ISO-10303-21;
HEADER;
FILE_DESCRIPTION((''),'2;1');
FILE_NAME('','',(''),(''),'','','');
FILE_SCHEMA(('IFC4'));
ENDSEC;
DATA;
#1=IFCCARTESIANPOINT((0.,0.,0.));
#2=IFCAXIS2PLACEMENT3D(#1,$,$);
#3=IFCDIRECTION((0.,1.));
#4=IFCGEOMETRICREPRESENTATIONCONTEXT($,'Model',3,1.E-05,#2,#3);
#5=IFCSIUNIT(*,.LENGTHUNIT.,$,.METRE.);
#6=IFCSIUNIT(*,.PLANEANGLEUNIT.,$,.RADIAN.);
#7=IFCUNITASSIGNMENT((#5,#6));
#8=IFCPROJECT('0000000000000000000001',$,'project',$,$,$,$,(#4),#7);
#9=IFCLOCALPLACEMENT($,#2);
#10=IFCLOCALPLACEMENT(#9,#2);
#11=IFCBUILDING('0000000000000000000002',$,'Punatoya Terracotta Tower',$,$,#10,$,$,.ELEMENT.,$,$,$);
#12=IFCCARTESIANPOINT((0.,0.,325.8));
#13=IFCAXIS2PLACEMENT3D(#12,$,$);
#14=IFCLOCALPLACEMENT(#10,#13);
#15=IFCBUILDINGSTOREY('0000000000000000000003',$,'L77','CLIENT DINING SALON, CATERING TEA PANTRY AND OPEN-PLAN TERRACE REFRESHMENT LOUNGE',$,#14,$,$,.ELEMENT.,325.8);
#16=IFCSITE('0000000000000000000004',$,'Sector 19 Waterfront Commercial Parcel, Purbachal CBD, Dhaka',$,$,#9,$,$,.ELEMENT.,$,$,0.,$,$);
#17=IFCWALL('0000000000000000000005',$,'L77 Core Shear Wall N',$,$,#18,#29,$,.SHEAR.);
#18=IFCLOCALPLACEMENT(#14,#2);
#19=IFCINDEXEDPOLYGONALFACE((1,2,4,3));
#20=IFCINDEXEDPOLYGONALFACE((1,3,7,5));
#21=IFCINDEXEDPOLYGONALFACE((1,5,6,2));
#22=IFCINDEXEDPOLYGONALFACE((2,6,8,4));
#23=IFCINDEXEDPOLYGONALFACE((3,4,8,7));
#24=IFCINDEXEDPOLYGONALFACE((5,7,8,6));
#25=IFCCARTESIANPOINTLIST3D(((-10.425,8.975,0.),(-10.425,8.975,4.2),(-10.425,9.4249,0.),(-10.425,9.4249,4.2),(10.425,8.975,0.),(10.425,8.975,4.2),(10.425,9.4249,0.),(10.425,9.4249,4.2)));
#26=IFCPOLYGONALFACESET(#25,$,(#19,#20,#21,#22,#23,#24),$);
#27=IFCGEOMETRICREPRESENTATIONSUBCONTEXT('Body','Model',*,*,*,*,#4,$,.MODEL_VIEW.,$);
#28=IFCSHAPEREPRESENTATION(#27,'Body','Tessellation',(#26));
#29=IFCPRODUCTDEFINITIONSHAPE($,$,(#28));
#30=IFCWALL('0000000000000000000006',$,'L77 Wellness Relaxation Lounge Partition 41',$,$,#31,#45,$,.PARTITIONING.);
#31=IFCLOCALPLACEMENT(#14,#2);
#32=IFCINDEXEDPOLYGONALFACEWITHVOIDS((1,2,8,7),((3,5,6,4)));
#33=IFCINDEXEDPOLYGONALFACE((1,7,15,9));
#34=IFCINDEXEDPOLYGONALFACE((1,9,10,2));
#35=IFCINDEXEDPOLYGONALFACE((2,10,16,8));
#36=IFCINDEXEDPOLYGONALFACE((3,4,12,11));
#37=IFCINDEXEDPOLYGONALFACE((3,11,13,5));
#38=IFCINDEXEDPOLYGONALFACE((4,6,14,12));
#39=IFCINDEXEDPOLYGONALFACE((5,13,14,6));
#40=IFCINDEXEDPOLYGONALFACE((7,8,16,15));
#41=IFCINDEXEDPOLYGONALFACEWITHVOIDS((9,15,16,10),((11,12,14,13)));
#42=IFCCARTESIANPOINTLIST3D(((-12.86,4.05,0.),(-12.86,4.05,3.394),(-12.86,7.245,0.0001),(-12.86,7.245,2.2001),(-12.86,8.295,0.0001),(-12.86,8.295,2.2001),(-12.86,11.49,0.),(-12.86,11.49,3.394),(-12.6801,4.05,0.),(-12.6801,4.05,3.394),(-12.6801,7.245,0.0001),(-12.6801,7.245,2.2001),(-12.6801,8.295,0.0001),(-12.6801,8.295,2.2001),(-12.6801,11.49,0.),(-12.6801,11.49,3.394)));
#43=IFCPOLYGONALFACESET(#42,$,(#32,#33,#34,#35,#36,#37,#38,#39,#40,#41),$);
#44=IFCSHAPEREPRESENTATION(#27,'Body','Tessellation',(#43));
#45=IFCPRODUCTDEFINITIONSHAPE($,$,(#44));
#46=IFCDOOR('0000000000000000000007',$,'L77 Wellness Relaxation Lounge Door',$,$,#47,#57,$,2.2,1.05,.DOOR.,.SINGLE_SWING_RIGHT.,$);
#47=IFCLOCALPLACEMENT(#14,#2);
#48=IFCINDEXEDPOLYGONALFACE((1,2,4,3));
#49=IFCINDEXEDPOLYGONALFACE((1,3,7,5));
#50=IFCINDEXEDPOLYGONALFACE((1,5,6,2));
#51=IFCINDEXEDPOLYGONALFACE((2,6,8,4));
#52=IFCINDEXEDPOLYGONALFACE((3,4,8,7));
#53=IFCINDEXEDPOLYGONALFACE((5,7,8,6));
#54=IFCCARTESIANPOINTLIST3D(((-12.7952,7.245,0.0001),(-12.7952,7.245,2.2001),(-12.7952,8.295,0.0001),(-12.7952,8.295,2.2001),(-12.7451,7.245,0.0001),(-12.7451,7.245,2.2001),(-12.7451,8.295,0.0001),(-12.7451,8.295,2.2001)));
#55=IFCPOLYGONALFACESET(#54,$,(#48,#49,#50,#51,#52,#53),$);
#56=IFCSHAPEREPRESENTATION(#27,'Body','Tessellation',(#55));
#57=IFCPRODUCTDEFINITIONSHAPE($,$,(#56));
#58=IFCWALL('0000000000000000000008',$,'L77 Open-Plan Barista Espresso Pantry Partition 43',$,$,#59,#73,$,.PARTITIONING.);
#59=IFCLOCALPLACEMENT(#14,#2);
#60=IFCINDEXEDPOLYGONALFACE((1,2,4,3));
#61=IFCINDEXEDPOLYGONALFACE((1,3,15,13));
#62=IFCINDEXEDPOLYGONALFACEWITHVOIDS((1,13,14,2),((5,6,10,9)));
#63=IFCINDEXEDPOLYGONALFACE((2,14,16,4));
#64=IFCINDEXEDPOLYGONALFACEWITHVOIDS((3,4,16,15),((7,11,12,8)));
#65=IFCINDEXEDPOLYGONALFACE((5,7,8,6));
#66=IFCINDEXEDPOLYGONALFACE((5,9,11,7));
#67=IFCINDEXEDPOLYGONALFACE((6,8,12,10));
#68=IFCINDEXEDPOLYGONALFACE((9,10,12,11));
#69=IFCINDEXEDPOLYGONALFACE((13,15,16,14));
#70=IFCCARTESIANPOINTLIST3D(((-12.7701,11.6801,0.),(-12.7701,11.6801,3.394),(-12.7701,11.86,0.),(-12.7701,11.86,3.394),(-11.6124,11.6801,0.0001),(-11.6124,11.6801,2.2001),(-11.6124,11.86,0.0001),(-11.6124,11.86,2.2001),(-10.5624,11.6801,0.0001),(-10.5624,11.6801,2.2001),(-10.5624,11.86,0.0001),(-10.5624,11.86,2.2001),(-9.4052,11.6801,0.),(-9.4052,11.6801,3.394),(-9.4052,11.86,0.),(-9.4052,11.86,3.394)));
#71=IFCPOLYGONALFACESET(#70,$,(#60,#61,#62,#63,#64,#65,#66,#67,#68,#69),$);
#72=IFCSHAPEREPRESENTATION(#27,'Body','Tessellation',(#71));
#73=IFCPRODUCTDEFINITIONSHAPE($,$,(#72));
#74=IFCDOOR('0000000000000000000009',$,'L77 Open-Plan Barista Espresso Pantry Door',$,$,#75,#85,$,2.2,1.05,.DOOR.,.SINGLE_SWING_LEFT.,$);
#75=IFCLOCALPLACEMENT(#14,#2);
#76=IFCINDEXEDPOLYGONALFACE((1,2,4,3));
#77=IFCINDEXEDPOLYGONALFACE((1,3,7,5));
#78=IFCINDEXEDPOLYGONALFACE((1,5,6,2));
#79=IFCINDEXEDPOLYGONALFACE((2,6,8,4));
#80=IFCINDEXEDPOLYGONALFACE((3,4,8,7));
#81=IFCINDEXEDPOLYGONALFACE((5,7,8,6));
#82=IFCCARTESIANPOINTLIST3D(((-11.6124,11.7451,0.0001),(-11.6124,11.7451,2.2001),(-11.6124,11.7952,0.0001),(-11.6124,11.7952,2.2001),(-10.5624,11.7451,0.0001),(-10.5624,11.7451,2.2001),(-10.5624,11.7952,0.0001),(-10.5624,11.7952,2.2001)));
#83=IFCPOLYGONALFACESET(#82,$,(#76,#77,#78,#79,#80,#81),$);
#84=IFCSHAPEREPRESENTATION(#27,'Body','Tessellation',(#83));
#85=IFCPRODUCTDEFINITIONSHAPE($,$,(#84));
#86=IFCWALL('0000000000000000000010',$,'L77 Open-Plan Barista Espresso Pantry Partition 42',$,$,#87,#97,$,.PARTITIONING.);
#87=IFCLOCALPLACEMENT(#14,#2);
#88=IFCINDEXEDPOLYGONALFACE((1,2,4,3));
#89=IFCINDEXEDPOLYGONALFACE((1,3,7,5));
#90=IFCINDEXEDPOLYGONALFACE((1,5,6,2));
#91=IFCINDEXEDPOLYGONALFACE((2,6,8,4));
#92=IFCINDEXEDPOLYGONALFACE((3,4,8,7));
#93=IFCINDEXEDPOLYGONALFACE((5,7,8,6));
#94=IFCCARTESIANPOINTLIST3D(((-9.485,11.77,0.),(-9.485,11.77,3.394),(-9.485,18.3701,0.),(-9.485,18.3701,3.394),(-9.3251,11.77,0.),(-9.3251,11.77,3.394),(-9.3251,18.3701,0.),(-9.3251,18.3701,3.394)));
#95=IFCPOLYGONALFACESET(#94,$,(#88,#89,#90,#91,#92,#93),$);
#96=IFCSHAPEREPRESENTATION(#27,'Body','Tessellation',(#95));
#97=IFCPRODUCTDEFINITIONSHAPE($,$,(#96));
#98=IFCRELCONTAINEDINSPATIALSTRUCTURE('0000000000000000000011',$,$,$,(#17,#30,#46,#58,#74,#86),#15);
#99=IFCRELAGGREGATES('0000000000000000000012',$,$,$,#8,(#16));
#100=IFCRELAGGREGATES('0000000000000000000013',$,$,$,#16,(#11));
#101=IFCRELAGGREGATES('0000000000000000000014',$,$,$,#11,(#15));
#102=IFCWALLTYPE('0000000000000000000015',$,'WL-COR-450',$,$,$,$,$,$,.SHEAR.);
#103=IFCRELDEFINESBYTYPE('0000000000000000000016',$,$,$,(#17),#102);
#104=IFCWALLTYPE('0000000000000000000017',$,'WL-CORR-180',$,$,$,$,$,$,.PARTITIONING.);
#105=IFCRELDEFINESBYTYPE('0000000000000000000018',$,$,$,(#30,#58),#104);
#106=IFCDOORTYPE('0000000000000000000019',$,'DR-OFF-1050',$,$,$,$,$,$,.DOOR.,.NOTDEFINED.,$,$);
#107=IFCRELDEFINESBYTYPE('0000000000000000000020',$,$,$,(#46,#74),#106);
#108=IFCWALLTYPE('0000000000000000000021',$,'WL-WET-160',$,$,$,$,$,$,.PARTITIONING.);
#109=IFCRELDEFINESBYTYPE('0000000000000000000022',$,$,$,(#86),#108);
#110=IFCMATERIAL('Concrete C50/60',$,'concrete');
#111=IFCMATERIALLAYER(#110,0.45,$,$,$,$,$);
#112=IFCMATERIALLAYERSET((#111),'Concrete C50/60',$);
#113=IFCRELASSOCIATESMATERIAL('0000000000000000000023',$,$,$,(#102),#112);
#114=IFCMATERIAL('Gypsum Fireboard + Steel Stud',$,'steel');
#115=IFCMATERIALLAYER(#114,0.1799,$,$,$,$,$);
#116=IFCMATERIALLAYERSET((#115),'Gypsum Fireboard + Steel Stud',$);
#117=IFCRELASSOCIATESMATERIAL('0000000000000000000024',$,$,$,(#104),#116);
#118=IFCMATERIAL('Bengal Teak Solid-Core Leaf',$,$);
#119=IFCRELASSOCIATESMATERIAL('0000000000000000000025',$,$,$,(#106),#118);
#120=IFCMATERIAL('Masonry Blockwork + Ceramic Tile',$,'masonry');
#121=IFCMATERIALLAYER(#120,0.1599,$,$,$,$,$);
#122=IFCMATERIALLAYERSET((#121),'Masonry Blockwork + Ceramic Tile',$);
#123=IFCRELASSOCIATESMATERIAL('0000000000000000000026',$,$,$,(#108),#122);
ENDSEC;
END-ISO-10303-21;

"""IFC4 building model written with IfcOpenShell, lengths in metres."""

from ifc_helpers import new_model, si_unit, direction, frame, frame_2d, origin, place, context, subcontext, project, spatial, rectangle, extrude, material, layer, layer_set, type_object, element, fill, save


model = new_model("IFC4")

# Units and contexts
model_context = context("Model", 3, precision=1e-05, world=origin(), true_north=direction((0.0, 1.0)))
body_context = subcontext(model_context, "Body", "Model", "MODEL_VIEW")
ifc_project = project(units=[si_unit("LENGTHUNIT", "METRE"), si_unit("PLANEANGLEUNIT", "RADIAN")], contexts=[model_context])

# Site, building, storey
site_placement = place(None, origin())
site = spatial("IfcSite", under=ifc_project, at=site_placement, Name="Sector 19 Waterfront Commercial Parcel, Purbachal CBD, Dhaka", CompositionType="ELEMENT", RefElevation=0.0)
building_placement = place(site_placement, origin())
building = spatial("IfcBuilding", under=site, at=building_placement, Name="Punatoya Terracotta Tower", CompositionType="ELEMENT")
storey_placement = place(building_placement, frame((0.0, 0.0, 325.8)))
storey = spatial("IfcBuildingStorey", under=building, at=storey_placement, Name="L77", Description="CLIENT DINING SALON, CATERING TEA PANTRY AND OPEN-PLAN TERRACE REFRESHMENT LOUNGE", CompositionType="ELEMENT", Elevation=325.8)

# Wall
ifc_material_1 = material(Name="Concrete C50/60", Category="concrete")
ifc_layer_1 = layer(ifc_material_1, 0.45)
ifc_layer_set_1 = layer_set([ifc_layer_1], Name="Concrete C50/60")
wall_type_1 = type_object("IfcWallType", Name="WL-COR-450", PredefinedType="SHEAR", material=ifc_layer_set_1)
wall_1_placement = place(storey_placement, frame((-10.425, 9.2, 0.0), z_axis=(0.0, 0.0, 1.0), x_axis=(1.0, 0.0, 0.0)))
element("IfcWall", 1, at=wall_1_placement, inside=storey, type_object=wall_type_1, Name="L77 Core Shear Wall N", PredefinedType="SHEAR", context=body_context, shape_type="SweptSolid", body=[
    extrude(rectangle(XDim=20.8501, YDim=0.45, at=frame_2d((10.425, 0.0))), origin(), (0.0, 0.0, 1.0), 4.2),
])

# Walls, openings, doors
ifc_material_2 = material(Name="Gypsum Fireboard + Steel Stud", Category="steel")
ifc_layer_2 = layer(ifc_material_2, 0.1799)
ifc_layer_set_2 = layer_set([ifc_layer_2], Name="Gypsum Fireboard + Steel Stud")
wall_type_2 = type_object("IfcWallType", Name="WL-CORR-180", PredefinedType="PARTITIONING", material=ifc_layer_set_2)
wall_2_placement = place(storey_placement, frame((-12.77, 11.49, 0.0), z_axis=(0.0, 0.0, 1.0), x_axis=(0.0, -1.0, 0.0)))
wall_2 = element("IfcWall", 2, at=wall_2_placement, inside=storey, type_object=wall_type_2, Name="L77 Wellness Relaxation Lounge Partition 41", PredefinedType="PARTITIONING", context=body_context, shape_type="SweptSolid", body=[
    extrude(rectangle(XDim=7.4399, YDim=0.1799, at=frame_2d((3.72, 0.0))), origin(), (0.0, 0.0, 1.0), 3.394),
])
opening_1_placement = place(wall_2_placement, frame((3.1951, 0.0, 0.0)))
opening_1 = element("IfcOpeningElement", 3, at=opening_1_placement, cuts=wall_2, PredefinedType="OPENING", context=body_context, shape_type="SweptSolid", body=[
    extrude(rectangle(XDim=1.05, YDim=2.2, at=frame_2d((0.5249, 1.1001))), frame((0.0, 0.0999, 0.0), z_axis=(0.0, -1.0, 0.0), x_axis=(1.0, 0.0, 0.0)), (0.0, 0.0, 1.0), 0.2),
])
ifc_material_3 = material(Name="Bengal Teak Solid-Core Leaf")
door_type = type_object("IfcDoorType", Name="DR-OFF-1050", OperationType="NOTDEFINED", PredefinedType="DOOR", material=ifc_material_3)
door_1_placement = place(opening_1_placement, origin())
door_1 = element("IfcDoor", 4, at=door_1_placement, inside=storey, type_object=door_type, Name="L77 Wellness Relaxation Lounge Door", OperationType="SINGLE_SWING_RIGHT", OverallHeight=2.2, OverallWidth=1.05, PredefinedType="DOOR", context=body_context, shape_type="SweptSolid", body=[
    extrude(rectangle(XDim=1.05, YDim=2.2, at=frame_2d((0.5249, 1.1001))), frame((0.0, 0.0249, 0.0), z_axis=(0.0, -1.0, 0.0), x_axis=(1.0, 0.0, 0.0)), (0.0, 0.0, 1.0), 0.05),
])
fill(opening_1, door_1)
wall_3_placement = place(storey_placement, frame((-9.405, 11.77, 0.0), z_axis=(0.0, 0.0, 1.0), x_axis=(-1.0, 0.0, 0.0)))
wall_3 = element("IfcWall", 5, at=wall_3_placement, inside=storey, type_object=wall_type_2, Name="L77 Open-Plan Barista Espresso Pantry Partition 43", PredefinedType="PARTITIONING", context=body_context, shape_type="SweptSolid", body=[
    extrude(rectangle(XDim=3.365, YDim=0.1799, at=frame_2d((1.6826, 0.0))), origin(), (0.0, 0.0, 1.0), 3.394),
])
opening_2_placement = place(wall_3_placement, frame((1.1575, 0.0, 0.0)))
opening_2 = element("IfcOpeningElement", 6, at=opening_2_placement, cuts=wall_3, PredefinedType="OPENING", context=body_context, shape_type="SweptSolid", body=[
    extrude(rectangle(XDim=1.05, YDim=2.2, at=frame_2d((0.5249, 1.1001))), frame((0.0, 0.0999, 0.0), z_axis=(0.0, -1.0, 0.0), x_axis=(1.0, 0.0, 0.0)), (0.0, 0.0, 1.0), 0.2),
])
door_2_placement = place(opening_2_placement, origin())
door_2 = element("IfcDoor", 7, at=door_2_placement, inside=storey, type_object=door_type, Name="L77 Open-Plan Barista Espresso Pantry Door", OperationType="SINGLE_SWING_LEFT", OverallHeight=2.2, OverallWidth=1.05, PredefinedType="DOOR", context=body_context, shape_type="SweptSolid", body=[
    extrude(rectangle(XDim=1.05, YDim=2.2, at=frame_2d((0.5249, 1.1001))), frame((0.0, 0.0249, 0.0), z_axis=(0.0, -1.0, 0.0), x_axis=(1.0, 0.0, 0.0)), (0.0, 0.0, 1.0), 0.05),
])
fill(opening_2, door_2)

# Wall
ifc_material_4 = material(Name="Masonry Blockwork + Ceramic Tile", Category="masonry")
ifc_layer_3 = layer(ifc_material_4, 0.1599)
ifc_layer_set_3 = layer_set([ifc_layer_3], Name="Masonry Blockwork + Ceramic Tile")
wall_type_3 = type_object("IfcWallType", Name="WL-WET-160", PredefinedType="PARTITIONING", material=ifc_layer_set_3)
wall_4_placement = place(storey_placement, frame((-9.405, 18.3701, 0.0), z_axis=(0.0, 0.0, 1.0), x_axis=(0.0, -1.0, 0.0)))
element("IfcWall", 8, at=wall_4_placement, inside=storey, type_object=wall_type_3, Name="L77 Open-Plan Barista Espresso Pantry Partition 42", PredefinedType="PARTITIONING", context=body_context, shape_type="SweptSolid", body=[
    extrude(rectangle(XDim=6.6001, YDim=0.1599, at=frame_2d((3.3, 0.0))), origin(), (0.0, 0.0, 1.0), 3.394),
])

save(model, "model.ifc")
